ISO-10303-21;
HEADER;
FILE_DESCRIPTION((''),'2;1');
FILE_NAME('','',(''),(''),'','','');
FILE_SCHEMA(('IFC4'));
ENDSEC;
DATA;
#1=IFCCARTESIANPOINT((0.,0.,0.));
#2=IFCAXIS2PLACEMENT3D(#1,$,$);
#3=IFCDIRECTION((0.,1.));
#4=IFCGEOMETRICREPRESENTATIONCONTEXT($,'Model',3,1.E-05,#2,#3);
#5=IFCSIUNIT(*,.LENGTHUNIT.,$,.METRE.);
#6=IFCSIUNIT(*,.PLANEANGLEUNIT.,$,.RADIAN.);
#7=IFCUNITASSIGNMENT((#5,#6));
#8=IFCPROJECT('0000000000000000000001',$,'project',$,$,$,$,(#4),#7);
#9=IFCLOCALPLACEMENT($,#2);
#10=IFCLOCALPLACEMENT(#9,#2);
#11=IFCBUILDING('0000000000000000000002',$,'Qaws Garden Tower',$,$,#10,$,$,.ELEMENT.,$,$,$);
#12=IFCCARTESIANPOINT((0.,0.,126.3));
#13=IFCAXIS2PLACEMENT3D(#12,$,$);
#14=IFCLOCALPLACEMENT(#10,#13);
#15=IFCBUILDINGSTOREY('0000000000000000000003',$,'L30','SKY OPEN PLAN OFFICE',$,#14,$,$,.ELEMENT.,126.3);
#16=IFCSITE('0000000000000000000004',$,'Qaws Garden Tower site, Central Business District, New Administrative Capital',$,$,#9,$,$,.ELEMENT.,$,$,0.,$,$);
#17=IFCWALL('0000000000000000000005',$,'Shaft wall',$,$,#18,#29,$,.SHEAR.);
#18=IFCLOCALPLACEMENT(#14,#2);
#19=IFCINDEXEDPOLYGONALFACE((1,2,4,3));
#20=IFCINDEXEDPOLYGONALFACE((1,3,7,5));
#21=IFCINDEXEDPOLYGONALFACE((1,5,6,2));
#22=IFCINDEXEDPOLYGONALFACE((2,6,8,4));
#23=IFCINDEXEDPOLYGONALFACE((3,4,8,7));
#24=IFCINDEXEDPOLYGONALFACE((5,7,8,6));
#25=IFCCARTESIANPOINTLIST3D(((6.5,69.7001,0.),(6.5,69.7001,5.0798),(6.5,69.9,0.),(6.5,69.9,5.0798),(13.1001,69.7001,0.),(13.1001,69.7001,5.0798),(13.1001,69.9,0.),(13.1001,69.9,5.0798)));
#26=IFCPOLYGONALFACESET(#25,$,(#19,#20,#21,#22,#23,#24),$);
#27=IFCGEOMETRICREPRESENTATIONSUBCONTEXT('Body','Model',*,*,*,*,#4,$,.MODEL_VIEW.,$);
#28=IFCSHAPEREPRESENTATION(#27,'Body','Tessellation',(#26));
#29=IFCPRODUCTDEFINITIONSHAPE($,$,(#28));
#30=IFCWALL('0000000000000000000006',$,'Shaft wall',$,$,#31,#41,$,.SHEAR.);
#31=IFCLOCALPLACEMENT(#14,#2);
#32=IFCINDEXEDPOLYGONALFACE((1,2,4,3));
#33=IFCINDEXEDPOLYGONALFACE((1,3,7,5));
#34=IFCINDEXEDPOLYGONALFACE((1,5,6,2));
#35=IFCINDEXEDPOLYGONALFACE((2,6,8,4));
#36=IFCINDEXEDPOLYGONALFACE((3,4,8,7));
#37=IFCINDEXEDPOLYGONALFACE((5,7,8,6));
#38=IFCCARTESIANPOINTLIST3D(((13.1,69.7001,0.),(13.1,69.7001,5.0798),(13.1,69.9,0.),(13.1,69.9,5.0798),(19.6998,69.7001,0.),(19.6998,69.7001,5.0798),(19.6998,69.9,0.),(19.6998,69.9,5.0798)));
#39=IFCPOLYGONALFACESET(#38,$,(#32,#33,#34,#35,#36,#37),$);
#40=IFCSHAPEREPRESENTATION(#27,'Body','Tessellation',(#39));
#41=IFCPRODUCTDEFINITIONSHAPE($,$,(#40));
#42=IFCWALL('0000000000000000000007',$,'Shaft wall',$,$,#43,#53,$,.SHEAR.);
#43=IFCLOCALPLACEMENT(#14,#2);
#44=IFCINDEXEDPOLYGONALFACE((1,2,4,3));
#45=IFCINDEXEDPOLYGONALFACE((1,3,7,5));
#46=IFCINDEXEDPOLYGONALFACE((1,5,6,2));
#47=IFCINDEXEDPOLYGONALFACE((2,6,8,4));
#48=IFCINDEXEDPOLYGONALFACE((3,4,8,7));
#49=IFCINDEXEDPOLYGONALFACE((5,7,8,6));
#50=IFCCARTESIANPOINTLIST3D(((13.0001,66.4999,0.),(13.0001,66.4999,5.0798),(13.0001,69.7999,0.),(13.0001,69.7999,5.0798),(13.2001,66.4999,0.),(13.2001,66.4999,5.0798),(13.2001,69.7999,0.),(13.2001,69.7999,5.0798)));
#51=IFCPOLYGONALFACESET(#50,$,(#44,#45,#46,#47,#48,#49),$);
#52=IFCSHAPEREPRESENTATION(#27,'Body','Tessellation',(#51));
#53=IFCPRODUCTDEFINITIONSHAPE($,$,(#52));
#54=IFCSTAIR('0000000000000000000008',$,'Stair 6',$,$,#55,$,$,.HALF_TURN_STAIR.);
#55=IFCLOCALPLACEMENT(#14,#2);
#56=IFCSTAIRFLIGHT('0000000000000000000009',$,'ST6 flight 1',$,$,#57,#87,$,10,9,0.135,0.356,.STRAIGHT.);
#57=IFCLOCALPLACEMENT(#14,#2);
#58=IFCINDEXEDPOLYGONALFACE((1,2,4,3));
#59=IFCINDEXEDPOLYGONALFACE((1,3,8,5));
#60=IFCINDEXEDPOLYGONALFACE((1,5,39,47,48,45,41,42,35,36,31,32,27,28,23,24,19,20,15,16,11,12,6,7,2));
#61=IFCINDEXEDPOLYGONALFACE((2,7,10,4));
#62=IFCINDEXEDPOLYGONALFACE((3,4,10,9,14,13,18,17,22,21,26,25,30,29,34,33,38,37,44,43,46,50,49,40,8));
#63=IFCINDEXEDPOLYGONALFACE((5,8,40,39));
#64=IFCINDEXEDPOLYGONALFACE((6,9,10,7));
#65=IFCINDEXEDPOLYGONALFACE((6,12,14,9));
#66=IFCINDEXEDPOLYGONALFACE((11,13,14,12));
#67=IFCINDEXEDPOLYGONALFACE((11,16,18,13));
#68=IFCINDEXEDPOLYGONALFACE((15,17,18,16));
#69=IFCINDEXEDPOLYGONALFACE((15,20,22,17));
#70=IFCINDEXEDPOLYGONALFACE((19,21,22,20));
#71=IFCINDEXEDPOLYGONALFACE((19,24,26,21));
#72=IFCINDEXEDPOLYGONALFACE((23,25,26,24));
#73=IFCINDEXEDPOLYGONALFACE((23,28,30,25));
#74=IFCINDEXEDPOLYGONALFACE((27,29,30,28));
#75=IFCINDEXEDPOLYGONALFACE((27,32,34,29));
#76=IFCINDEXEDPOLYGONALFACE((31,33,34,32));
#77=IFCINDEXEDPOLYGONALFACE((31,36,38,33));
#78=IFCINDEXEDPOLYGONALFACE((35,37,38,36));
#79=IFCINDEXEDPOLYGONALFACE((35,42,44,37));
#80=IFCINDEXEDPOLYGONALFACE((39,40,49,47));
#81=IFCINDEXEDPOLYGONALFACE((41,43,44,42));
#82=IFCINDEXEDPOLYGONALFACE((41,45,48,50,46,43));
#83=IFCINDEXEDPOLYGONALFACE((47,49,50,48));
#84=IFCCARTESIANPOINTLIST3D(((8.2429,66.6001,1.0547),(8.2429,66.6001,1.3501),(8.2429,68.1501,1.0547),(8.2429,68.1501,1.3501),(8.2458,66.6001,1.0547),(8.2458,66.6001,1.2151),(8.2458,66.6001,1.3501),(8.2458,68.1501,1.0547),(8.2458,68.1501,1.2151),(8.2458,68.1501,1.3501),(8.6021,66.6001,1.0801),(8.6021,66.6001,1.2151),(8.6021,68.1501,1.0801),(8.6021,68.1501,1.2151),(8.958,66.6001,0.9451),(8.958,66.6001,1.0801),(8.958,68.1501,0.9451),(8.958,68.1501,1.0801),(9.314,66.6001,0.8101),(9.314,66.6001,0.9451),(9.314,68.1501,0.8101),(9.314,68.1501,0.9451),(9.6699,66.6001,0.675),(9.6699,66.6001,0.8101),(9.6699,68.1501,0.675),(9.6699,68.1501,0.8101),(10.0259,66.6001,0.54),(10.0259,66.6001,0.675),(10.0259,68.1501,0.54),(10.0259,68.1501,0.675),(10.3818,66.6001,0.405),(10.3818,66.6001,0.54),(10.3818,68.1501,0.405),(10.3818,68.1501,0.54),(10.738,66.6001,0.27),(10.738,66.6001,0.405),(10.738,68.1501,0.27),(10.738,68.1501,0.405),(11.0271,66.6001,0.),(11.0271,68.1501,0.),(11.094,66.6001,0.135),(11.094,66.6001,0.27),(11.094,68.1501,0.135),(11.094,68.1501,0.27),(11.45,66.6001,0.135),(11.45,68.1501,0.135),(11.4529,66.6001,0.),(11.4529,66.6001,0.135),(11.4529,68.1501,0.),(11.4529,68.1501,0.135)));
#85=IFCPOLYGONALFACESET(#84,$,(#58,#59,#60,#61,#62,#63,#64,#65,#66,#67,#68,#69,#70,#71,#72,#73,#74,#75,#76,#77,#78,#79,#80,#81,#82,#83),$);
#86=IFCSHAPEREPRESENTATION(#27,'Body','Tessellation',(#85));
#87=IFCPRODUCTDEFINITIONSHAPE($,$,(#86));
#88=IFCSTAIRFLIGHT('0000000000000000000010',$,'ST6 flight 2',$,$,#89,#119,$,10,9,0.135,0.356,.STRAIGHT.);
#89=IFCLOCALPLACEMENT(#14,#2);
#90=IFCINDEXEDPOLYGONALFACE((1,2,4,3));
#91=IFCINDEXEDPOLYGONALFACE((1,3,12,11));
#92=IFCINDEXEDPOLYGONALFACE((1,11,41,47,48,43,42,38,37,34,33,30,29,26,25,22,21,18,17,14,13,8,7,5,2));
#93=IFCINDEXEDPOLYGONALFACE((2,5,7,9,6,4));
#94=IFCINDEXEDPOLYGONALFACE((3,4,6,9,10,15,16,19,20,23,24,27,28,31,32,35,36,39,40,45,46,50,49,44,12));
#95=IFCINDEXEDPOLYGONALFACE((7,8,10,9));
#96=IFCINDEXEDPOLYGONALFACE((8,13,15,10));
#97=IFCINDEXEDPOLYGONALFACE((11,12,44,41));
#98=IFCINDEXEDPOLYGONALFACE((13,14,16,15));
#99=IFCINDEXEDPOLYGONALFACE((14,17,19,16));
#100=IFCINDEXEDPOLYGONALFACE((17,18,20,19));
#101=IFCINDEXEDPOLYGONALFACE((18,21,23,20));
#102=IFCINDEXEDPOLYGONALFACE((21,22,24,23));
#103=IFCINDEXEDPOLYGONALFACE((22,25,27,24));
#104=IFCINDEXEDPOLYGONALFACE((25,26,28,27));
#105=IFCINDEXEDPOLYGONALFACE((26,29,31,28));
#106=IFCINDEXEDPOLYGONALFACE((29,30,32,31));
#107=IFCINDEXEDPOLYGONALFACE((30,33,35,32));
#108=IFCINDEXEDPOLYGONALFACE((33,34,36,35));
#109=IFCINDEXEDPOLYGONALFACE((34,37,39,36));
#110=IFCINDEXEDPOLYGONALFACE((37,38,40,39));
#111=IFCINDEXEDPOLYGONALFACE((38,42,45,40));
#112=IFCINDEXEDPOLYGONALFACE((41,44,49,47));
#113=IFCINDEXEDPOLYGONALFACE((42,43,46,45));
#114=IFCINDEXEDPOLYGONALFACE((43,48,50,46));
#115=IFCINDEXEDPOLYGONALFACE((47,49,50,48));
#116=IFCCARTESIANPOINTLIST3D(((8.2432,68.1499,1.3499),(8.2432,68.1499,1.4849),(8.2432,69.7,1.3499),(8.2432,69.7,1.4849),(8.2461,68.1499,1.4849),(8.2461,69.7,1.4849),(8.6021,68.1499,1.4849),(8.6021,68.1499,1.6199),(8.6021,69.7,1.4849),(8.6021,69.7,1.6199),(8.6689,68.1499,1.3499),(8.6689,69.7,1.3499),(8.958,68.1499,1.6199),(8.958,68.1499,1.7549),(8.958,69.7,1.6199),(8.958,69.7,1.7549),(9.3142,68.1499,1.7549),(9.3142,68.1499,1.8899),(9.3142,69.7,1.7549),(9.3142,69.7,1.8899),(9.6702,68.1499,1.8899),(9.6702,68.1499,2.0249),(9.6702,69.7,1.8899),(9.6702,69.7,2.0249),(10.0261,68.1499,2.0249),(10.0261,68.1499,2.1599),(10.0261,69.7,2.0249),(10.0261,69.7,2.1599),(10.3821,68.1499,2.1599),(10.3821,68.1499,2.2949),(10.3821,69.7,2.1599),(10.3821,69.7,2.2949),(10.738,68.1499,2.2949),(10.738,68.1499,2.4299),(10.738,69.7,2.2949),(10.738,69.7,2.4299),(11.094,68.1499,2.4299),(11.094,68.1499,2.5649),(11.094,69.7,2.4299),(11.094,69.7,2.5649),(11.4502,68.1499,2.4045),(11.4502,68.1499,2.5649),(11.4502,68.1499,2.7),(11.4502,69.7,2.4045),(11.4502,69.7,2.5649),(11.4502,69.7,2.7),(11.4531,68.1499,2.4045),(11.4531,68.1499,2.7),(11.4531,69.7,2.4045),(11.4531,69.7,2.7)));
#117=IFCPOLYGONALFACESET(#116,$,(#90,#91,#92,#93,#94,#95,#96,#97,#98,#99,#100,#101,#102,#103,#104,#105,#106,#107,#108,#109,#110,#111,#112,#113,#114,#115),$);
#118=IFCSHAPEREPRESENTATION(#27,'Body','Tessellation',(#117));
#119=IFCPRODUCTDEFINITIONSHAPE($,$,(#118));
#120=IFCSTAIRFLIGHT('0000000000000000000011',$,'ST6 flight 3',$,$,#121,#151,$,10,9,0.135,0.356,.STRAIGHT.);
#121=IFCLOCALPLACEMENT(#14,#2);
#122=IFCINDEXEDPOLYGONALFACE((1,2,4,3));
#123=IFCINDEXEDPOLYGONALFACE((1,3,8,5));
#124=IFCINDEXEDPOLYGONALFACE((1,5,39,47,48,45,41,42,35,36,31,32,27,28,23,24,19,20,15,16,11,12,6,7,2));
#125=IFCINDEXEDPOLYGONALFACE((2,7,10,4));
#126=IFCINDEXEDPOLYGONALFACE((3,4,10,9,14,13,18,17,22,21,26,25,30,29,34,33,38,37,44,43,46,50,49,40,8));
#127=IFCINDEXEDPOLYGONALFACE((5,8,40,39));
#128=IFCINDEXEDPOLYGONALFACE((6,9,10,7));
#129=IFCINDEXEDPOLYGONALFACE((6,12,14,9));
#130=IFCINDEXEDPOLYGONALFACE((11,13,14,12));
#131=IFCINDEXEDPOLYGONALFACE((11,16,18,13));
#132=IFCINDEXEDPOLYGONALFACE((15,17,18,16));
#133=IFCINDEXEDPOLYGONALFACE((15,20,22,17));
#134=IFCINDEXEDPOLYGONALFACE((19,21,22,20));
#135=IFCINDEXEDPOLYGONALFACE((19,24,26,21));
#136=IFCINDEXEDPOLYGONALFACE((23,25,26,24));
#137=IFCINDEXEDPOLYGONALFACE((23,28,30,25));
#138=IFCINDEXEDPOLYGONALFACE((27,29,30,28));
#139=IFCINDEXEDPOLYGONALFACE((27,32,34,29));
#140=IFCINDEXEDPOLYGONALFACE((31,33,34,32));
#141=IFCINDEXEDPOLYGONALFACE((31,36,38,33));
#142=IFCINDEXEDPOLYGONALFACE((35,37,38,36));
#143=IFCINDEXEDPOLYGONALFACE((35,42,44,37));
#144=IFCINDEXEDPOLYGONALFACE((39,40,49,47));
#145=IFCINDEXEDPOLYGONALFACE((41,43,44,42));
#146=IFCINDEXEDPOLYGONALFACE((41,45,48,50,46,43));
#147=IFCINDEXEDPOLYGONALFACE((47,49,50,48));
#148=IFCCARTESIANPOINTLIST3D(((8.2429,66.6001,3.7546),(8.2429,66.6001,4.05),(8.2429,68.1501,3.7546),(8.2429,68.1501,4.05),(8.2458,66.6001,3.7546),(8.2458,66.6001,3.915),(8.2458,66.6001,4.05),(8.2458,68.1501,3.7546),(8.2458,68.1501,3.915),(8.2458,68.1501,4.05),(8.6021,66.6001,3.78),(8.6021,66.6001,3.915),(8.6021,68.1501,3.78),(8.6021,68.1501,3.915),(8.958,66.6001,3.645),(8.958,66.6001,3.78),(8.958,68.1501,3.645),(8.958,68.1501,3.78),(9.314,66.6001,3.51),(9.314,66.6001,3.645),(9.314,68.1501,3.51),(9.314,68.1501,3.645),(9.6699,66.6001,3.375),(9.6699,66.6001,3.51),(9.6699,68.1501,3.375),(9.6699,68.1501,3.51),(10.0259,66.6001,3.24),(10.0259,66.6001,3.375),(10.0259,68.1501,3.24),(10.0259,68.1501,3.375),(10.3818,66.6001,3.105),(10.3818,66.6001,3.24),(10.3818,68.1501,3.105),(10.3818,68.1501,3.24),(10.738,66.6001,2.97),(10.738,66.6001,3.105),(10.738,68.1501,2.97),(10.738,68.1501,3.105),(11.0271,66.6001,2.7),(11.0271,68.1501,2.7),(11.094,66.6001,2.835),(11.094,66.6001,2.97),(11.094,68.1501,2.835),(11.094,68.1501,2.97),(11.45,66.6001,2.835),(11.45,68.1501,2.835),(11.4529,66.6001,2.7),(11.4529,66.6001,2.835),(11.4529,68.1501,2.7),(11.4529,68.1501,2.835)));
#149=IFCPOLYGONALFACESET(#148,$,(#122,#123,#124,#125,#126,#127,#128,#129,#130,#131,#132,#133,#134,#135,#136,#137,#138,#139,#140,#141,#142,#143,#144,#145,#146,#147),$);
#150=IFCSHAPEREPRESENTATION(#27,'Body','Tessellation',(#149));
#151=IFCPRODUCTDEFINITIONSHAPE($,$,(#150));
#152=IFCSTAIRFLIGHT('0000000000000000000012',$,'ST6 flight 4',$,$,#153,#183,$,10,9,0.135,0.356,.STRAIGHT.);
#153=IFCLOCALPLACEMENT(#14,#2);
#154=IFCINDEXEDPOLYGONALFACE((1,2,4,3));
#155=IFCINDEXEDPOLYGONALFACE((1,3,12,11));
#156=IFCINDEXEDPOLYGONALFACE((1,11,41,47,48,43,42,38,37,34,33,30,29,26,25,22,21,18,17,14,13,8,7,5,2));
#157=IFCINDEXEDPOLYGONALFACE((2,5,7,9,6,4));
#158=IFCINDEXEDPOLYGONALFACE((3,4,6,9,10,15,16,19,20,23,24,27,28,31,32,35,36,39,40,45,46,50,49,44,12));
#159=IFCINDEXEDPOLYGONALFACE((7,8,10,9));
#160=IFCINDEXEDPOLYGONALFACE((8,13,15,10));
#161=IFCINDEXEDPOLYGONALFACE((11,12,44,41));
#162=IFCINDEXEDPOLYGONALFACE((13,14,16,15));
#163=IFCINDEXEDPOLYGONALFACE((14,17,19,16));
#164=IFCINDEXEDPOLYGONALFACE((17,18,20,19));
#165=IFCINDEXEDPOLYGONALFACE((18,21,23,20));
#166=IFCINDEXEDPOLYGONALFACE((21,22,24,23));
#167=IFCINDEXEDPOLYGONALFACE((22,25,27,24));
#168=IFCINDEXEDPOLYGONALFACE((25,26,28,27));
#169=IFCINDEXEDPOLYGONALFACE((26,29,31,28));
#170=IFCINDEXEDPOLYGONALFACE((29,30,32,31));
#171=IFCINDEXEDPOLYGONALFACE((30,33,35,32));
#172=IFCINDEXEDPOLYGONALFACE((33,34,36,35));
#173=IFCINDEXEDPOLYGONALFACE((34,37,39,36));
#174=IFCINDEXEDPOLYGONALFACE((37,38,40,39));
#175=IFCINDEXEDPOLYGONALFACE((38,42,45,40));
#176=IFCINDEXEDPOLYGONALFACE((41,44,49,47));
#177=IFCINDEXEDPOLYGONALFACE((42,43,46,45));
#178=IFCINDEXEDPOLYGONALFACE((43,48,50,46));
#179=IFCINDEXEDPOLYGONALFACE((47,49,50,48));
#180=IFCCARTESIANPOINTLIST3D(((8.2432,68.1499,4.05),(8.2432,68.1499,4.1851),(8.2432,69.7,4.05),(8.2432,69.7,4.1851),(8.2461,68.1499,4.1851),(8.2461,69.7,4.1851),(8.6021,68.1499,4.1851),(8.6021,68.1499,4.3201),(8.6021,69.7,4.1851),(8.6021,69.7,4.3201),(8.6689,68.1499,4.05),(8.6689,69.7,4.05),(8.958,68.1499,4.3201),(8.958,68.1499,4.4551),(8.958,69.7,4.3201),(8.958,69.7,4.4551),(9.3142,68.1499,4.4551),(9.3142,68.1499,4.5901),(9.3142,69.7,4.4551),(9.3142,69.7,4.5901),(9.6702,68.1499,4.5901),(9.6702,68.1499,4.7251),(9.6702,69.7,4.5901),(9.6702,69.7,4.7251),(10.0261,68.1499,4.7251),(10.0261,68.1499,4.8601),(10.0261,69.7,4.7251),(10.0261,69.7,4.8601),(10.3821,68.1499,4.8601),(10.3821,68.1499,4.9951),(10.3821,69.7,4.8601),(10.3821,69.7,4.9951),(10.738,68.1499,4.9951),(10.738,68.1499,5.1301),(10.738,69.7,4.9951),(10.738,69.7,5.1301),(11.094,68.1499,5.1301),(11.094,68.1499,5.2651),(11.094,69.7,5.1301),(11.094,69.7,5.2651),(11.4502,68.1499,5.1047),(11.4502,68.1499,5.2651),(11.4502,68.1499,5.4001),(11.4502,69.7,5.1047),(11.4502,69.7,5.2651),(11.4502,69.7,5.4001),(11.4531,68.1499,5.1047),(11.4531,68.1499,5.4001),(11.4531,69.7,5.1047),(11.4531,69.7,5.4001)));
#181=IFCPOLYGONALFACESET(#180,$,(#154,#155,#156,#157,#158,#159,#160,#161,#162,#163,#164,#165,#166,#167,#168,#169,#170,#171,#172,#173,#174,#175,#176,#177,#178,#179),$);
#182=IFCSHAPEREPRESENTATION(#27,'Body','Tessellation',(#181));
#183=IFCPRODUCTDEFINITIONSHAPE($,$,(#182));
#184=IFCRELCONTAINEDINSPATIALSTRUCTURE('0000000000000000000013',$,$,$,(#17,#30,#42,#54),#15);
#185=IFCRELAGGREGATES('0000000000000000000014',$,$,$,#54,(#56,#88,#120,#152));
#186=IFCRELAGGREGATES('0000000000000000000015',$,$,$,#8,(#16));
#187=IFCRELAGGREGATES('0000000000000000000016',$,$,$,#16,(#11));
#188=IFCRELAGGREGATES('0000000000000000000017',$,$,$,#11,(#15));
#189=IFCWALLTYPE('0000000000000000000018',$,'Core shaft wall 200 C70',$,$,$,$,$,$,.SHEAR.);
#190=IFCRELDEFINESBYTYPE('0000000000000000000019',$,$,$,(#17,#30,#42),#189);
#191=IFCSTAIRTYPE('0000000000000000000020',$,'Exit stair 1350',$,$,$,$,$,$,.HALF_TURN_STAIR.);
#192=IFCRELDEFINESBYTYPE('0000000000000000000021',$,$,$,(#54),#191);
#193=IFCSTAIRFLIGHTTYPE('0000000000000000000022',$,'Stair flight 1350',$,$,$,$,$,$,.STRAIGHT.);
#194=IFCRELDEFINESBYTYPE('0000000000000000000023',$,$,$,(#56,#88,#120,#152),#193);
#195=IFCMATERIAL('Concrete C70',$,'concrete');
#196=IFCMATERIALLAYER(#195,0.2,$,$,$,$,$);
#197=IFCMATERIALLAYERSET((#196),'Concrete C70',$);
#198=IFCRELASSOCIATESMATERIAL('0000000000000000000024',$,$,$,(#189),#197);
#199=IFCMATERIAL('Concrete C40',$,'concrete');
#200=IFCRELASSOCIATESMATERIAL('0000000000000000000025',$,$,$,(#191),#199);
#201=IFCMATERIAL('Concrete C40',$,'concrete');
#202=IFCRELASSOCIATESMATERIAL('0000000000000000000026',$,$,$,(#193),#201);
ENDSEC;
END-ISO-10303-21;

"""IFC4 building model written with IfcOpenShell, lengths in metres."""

from ifc_helpers import new_model, si_unit, direction, frame, frame_2d, origin, place, context, subcontext, project, spatial, polyline, rectangle, outline, extrude, material, layer, layer_set, type_object, element, aggregate, save


model = new_model("IFC4")

# Units and contexts
model_context = context("Model", 3, precision=1e-05, world=origin(), true_north=direction((0.0, 1.0)))
body_context = subcontext(model_context, "Body", "Model", "MODEL_VIEW")
ifc_project = project(units=[si_unit("LENGTHUNIT", "METRE"), si_unit("PLANEANGLEUNIT", "RADIAN")], contexts=[model_context])

# Site, building, storey
site_placement = place(None, origin())
site = spatial("IfcSite", under=ifc_project, at=site_placement, Name="Qaws Garden Tower site, Central Business District, New Administrative Capital", CompositionType="ELEMENT", RefElevation=0.0)
building_placement = place(site_placement, origin())
building = spatial("IfcBuilding", under=site, at=building_placement, Name="Qaws Garden Tower", CompositionType="ELEMENT")
storey_placement = place(building_placement, frame((0.0, 0.0, 126.3)))
storey = spatial("IfcBuildingStorey", under=building, at=storey_placement, Name="L30", Description="SKY OPEN PLAN OFFICE", CompositionType="ELEMENT", Elevation=126.3)

# Shared definitions
ifc_material_1 = material(Name="Concrete C70", Category="concrete")
ifc_layer_1 = layer(ifc_material_1, 0.2)
ifc_layer_set_1 = layer_set([ifc_layer_1], Name="Concrete C70")
wall_type_1 = type_object("IfcWallType", Name="Core shaft wall 200 C70", PredefinedType="SHEAR", material=ifc_layer_set_1)

# Walls
wall_1_placement = place(storey_placement, frame((6.5, 69.8, 0.0), z_axis=(0.0, 0.0, 1.0), x_axis=(1.0, 0.0, 0.0)))
element("IfcWall", 1, at=wall_1_placement, inside=storey, type_object=wall_type_1, Name="Shaft wall", PredefinedType="SHEAR", context=body_context, shape_type="SweptSolid", body=[
    extrude(rectangle(XDim=6.6001, YDim=0.2, at=frame_2d((3.3, 0.0))), origin(), (0.0, 0.0, 1.0), 5.0798),
])
wall_2_placement = place(storey_placement, frame((13.1001, 69.8, 0.0), z_axis=(0.0, 0.0, 1.0), x_axis=(1.0, 0.0, 0.0)))
element("IfcWall", 2, at=wall_2_placement, inside=storey, type_object=wall_type_1, Name="Shaft wall", PredefinedType="SHEAR", context=body_context, shape_type="SweptSolid", body=[
    extrude(rectangle(XDim=6.5999, YDim=0.2, at=frame_2d((3.2998, 0.0))), origin(), (0.0, 0.0, 1.0), 5.0798),
])
wall_3_placement = place(storey_placement, frame((13.1001, 66.5, 0.0), z_axis=(0.0, 0.0, 1.0), x_axis=(0.0, 1.0, 0.0)))
element("IfcWall", 3, at=wall_3_placement, inside=storey, type_object=wall_type_1, Name="Shaft wall", PredefinedType="SHEAR", context=body_context, shape_type="SweptSolid", body=[
    extrude(rectangle(XDim=3.3, YDim=0.2, at=frame_2d((1.6499, 0.0))), origin(), (0.0, 0.0, 1.0), 5.0798),
])

# Stair, stair flights
ifc_material_2 = material(Name="Concrete C40", Category="concrete")
stair_type = type_object("IfcStairType", Name="Exit stair 1350", PredefinedType="HALF_TURN_STAIR", material=ifc_material_2)
stair_placement = place(storey_placement, origin())
stair = element("IfcStair", 4, at=stair_placement, inside=storey, type_object=stair_type, Name="Stair 6", PredefinedType="HALF_TURN_STAIR")
ifc_material_3 = material(Name="Concrete C40", Category="concrete")
stair_flight_type = type_object("IfcStairFlightType", Name="Stair flight 1350", PredefinedType="STRAIGHT", material=ifc_material_3)
stair_flight_1_placement = place(storey_placement, frame((11.45, 67.375, 0.0), z_axis=(0.0, 0.0, 1.0), x_axis=(-1.0, 0.0, 0.0)))
stair_flight_1 = element("IfcStairFlight", 5, at=stair_flight_1_placement, type_object=stair_flight_type, Name="ST6 flight 1", NumberOfRisers=10, NumberOfTreads=9, PredefinedType="STRAIGHT", RiserHeight=0.135, TreadLength=0.356, context=body_context, shape_type="SweptSolid", body=[
    extrude(outline(polyline([(-0.0029, 0.0), (-0.0029, 0.135), (0.0, 0.135), (0.356, 0.135), (0.356, 0.27), (0.7119, 0.27), (0.7119, 0.405), (1.0681, 0.405), (1.0681, 0.54), (1.4241, 0.54), (1.4241, 0.675), (1.78, 0.675), (1.78, 0.8101), (2.136, 0.8101), (2.136, 0.9451), (2.4919, 0.9451), (2.4919, 1.0801), (2.8479, 1.0801), (2.8479, 1.2151), (3.2041, 1.2151), (3.2041, 1.3501), (3.207, 1.3501), (3.207, 1.0547), (3.2041, 1.0547), (0.4229, 0.0), (-0.0029, 0.0)])), frame((0.0, 0.7749, 0.0), z_axis=(0.0, -1.0, 0.0), x_axis=(1.0, 0.0, 0.0)), (0.0, 0.0, 1.0), 1.55),
])
stair_flight_2_placement = place(storey_placement, frame((8.2461, 68.925, 1.3499), z_axis=(0.0, 0.0, 1.0), x_axis=(1.0, 0.0, 0.0)))
stair_flight_2 = element("IfcStairFlight", 6, at=stair_flight_2_placement, type_object=stair_flight_type, Name="ST6 flight 2", NumberOfRisers=10, NumberOfTreads=9, PredefinedType="STRAIGHT", RiserHeight=0.135, TreadLength=0.356, context=body_context, shape_type="SweptSolid", body=[
    extrude(outline(polyline([(-0.0029, 0.0), (-0.0029, 0.135), (0.0, 0.135), (0.356, 0.135), (0.356, 0.27), (0.7119, 0.27), (0.7119, 0.405), (1.0681, 0.405), (1.0681, 0.54), (1.4241, 0.54), (1.4241, 0.675), (1.78, 0.675), (1.78, 0.8101), (2.136, 0.8101), (2.136, 0.9451), (2.4919, 0.9451), (2.4919, 1.0801), (2.8479, 1.0801), (2.8479, 1.2151), (3.2041, 1.2151), (3.2041, 1.3501), (3.207, 1.3501), (3.207, 1.0547), (3.2041, 1.0547), (0.4229, 0.0), (-0.0029, 0.0)])), frame((0.0, 0.7749, 0.0), z_axis=(0.0, -1.0, 0.0), x_axis=(1.0, 0.0, 0.0)), (0.0, 0.0, 1.0), 1.55),
])
stair_flight_3_placement = place(storey_placement, frame((11.45, 67.375, 2.7), z_axis=(0.0, 0.0, 1.0), x_axis=(-1.0, 0.0, 0.0)))
stair_flight_3 = element("IfcStairFlight", 7, at=stair_flight_3_placement, type_object=stair_flight_type, Name="ST6 flight 3", NumberOfRisers=10, NumberOfTreads=9, PredefinedType="STRAIGHT", RiserHeight=0.135, TreadLength=0.356, context=body_context, shape_type="SweptSolid", body=[
    extrude(outline(polyline([(-0.0029, 0.0), (-0.0029, 0.135), (0.0, 0.135), (0.356, 0.135), (0.356, 0.27), (0.7119, 0.27), (0.7119, 0.405), (1.0681, 0.405), (1.0681, 0.54), (1.4241, 0.54), (1.4241, 0.675), (1.78, 0.675), (1.78, 0.8101), (2.136, 0.8101), (2.136, 0.9451), (2.4919, 0.9451), (2.4919, 1.0801), (2.8479, 1.0801), (2.8479, 1.2151), (3.2041, 1.2151), (3.2041, 1.3501), (3.207, 1.3501), (3.207, 1.0547), (3.2041, 1.0547), (0.4229, 0.0), (-0.0029, 0.0)])), frame((0.0, 0.7749, 0.0), z_axis=(0.0, -1.0, 0.0), x_axis=(1.0, 0.0, 0.0)), (0.0, 0.0, 1.0), 1.55),
])
stair_flight_4_placement = place(storey_placement, frame((8.2461, 68.925, 4.05), z_axis=(0.0, 0.0, 1.0), x_axis=(1.0, 0.0, 0.0)))
stair_flight_4 = element("IfcStairFlight", 8, at=stair_flight_4_placement, type_object=stair_flight_type, Name="ST6 flight 4", NumberOfRisers=10, NumberOfTreads=9, PredefinedType="STRAIGHT", RiserHeight=0.135, TreadLength=0.356, context=body_context, shape_type="SweptSolid", body=[
    extrude(outline(polyline([(-0.0029, 0.0), (-0.0029, 0.135), (0.0, 0.135), (0.356, 0.135), (0.356, 0.27), (0.7119, 0.27), (0.7119, 0.405), (1.0681, 0.405), (1.0681, 0.54), (1.4241, 0.54), (1.4241, 0.675), (1.78, 0.675), (1.78, 0.8101), (2.136, 0.8101), (2.136, 0.9451), (2.4919, 0.9451), (2.4919, 1.0801), (2.8479, 1.0801), (2.8479, 1.2151), (3.2041, 1.2151), (3.2041, 1.3501), (3.207, 1.3501), (3.207, 1.0547), (3.2041, 1.0547), (0.4229, 0.0), (-0.0029, 0.0)])), frame((0.0, 0.7749, 0.0), z_axis=(0.0, -1.0, 0.0), x_axis=(1.0, 0.0, 0.0)), (0.0, 0.0, 1.0), 1.55),
])
aggregate(stair, [stair_flight_1, stair_flight_2, stair_flight_3, stair_flight_4])

save(model, "model.ifc")
